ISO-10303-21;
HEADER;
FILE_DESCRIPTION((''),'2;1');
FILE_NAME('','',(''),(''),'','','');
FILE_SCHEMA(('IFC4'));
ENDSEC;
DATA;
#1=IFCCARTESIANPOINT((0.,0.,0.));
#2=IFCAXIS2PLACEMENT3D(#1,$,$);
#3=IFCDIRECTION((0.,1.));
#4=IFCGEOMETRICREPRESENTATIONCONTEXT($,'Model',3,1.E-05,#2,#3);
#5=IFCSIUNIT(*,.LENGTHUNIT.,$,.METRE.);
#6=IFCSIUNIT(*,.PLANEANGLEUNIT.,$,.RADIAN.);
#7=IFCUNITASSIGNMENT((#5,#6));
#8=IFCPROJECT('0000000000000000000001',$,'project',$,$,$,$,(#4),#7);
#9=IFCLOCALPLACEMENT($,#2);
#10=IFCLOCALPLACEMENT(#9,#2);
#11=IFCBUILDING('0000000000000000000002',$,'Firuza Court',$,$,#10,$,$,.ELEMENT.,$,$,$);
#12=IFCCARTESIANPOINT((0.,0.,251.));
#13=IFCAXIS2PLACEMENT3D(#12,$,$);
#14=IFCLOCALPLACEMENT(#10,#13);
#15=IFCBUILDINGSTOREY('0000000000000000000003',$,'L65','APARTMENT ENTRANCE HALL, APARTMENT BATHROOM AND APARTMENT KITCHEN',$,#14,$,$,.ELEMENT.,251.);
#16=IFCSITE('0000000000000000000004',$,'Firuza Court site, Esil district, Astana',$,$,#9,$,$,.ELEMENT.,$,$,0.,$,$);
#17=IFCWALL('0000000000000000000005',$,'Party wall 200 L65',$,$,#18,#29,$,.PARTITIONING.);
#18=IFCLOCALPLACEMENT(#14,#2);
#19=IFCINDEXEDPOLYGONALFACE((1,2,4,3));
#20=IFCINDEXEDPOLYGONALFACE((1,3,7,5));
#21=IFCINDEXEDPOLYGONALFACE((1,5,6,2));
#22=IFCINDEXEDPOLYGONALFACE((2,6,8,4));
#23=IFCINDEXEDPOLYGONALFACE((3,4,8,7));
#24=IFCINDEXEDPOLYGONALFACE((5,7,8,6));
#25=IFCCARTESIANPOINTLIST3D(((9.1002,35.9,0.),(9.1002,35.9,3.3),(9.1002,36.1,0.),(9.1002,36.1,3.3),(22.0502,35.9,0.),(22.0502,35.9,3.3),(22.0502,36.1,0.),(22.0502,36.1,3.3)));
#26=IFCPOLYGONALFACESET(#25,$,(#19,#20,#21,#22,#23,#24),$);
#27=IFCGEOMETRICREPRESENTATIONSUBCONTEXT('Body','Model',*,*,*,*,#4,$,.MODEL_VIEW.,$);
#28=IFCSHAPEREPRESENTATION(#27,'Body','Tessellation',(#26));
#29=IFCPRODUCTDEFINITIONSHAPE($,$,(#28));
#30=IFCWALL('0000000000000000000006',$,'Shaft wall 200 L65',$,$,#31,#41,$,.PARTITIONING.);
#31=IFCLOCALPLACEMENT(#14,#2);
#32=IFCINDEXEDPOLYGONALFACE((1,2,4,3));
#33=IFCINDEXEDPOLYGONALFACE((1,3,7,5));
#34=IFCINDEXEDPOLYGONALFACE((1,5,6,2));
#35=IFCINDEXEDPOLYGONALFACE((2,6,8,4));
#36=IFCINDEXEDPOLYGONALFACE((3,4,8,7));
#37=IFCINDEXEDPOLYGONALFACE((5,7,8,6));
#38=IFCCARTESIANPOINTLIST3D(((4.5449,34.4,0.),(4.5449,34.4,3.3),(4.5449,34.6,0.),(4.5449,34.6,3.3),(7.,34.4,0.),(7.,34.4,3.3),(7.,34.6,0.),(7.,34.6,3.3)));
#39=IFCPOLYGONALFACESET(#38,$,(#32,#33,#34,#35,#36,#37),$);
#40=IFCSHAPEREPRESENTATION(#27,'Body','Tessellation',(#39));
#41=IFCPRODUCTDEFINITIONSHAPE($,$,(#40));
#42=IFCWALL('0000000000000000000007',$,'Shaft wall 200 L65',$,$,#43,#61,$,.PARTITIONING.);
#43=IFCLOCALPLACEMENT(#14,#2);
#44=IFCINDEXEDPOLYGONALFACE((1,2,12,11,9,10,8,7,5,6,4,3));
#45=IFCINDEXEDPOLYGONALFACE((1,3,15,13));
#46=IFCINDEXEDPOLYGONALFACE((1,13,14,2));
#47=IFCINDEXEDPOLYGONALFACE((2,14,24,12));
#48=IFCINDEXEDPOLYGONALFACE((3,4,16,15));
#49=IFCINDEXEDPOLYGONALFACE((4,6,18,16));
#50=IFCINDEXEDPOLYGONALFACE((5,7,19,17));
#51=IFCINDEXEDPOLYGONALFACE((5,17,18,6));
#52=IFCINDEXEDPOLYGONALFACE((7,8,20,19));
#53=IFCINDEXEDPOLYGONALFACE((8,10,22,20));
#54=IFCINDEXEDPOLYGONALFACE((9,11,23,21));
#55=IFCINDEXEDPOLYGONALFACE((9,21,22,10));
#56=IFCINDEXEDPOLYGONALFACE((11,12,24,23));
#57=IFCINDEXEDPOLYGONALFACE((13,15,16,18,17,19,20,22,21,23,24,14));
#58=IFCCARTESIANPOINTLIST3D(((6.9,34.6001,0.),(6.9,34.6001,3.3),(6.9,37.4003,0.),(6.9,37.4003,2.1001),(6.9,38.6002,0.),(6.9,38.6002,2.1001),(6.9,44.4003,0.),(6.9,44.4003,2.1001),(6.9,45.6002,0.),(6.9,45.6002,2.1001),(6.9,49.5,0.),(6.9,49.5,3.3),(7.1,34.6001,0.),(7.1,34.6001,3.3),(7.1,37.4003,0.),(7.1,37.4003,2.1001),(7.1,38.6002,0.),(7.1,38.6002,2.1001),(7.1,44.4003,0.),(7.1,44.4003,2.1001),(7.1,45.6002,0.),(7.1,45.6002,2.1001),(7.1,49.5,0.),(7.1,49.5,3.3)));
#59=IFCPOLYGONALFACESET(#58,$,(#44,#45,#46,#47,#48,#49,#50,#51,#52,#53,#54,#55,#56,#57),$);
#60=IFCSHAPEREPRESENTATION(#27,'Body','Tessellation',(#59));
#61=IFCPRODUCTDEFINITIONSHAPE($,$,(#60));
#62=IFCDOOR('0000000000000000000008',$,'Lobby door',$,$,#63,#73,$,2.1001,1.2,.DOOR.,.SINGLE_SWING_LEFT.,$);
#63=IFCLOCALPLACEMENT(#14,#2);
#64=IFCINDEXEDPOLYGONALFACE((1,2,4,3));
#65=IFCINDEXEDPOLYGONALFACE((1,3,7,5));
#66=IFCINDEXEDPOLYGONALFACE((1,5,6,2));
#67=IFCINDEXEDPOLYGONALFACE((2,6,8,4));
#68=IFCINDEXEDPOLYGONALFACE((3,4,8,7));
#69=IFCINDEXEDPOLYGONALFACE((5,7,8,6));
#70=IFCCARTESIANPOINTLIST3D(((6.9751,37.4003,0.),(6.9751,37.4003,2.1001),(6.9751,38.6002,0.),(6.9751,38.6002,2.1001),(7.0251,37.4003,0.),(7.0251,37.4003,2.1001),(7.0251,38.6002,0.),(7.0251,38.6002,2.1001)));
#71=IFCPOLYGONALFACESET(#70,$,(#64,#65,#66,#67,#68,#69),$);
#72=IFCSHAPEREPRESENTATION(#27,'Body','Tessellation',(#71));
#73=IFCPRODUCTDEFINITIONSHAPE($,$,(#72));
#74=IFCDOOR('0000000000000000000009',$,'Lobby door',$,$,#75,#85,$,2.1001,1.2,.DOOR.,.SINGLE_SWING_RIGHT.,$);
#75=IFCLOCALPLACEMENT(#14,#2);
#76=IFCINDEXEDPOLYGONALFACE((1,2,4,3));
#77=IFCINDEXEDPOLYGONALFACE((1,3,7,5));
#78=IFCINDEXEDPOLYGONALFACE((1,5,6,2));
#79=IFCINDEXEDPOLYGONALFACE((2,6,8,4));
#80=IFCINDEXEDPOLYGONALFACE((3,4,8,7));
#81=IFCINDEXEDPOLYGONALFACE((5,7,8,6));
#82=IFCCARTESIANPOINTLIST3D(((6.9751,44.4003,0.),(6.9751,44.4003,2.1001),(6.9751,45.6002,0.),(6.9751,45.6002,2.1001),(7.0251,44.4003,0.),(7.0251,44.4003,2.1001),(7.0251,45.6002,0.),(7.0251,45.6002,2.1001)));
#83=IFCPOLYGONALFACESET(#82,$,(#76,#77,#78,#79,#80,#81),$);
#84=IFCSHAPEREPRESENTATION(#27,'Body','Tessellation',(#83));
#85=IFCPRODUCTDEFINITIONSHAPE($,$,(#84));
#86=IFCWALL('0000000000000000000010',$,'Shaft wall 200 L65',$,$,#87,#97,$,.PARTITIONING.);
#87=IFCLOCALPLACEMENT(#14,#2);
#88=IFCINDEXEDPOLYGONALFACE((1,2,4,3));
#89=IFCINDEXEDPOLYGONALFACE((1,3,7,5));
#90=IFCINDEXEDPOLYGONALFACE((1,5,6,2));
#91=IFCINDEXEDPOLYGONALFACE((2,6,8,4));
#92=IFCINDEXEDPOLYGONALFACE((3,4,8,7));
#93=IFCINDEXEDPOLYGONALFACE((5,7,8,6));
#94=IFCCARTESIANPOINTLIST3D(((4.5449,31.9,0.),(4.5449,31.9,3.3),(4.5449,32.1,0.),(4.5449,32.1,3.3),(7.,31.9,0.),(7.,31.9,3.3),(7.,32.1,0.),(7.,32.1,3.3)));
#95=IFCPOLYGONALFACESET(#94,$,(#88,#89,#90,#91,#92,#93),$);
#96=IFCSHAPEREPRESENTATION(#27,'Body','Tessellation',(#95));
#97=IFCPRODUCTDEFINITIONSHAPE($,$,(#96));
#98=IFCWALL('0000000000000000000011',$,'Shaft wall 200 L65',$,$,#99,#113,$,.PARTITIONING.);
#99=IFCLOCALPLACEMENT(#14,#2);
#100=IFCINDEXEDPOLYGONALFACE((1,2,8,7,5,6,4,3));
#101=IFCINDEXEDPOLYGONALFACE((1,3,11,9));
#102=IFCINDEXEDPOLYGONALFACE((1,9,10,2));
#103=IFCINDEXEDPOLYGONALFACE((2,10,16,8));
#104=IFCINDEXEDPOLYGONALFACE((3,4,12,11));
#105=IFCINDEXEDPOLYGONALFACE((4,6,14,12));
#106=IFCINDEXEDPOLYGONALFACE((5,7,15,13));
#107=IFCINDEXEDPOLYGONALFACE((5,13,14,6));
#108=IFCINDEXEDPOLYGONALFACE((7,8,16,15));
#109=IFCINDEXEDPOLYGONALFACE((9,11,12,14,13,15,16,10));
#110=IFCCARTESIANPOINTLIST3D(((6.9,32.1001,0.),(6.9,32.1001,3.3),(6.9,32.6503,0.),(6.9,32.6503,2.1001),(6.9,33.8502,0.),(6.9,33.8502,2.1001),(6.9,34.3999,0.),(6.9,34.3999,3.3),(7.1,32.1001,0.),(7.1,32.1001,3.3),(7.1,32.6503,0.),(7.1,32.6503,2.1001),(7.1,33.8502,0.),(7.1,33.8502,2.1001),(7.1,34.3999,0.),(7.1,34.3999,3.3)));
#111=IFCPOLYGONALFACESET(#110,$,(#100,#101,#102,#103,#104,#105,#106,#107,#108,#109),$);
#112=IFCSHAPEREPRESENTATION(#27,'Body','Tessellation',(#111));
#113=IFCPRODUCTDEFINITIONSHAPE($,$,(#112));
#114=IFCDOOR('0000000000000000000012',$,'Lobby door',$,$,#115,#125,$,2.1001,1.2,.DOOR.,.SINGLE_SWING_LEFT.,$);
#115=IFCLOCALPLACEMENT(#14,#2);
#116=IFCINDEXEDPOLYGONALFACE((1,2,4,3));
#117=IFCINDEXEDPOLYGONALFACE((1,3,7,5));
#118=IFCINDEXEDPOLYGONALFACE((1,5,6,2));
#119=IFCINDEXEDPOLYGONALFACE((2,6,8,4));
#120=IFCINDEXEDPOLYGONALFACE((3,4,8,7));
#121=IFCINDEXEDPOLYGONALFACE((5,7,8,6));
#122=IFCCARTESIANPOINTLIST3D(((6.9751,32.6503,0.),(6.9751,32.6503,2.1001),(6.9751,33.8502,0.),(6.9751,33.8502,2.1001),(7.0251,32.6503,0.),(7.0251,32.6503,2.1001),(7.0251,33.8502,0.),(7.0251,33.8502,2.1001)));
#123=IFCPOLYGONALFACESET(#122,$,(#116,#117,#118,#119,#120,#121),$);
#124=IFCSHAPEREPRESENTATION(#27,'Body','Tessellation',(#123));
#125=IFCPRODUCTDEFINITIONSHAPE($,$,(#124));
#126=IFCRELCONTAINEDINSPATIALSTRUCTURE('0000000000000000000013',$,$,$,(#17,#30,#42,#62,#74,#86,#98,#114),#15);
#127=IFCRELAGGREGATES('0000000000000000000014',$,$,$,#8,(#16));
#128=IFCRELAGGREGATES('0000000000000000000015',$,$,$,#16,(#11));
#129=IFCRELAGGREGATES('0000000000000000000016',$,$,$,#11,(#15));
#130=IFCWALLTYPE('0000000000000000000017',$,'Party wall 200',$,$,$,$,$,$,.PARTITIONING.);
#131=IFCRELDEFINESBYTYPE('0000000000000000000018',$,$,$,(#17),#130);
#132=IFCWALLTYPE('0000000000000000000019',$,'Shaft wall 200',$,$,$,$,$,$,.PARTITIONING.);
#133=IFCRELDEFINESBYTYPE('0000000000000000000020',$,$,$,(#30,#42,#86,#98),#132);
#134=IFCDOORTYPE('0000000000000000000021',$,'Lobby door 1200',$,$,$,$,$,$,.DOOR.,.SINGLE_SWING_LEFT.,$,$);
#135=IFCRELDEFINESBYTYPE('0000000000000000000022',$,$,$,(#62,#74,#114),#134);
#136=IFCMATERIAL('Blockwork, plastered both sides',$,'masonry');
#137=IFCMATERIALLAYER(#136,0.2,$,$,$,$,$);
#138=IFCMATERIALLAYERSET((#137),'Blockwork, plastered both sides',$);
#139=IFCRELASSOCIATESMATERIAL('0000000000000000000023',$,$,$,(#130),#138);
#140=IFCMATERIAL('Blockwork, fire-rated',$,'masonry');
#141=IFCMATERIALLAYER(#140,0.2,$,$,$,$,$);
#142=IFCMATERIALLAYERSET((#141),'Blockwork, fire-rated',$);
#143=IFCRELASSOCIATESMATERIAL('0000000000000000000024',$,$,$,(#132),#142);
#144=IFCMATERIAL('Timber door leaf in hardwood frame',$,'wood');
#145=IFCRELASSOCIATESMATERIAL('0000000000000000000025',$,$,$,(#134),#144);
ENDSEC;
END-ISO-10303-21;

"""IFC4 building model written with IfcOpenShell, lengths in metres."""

from ifc_helpers import new_model, si_unit, direction, frame, frame_2d, origin, place, context, subcontext, project, spatial, rectangle, extrude, material, layer, layer_set, type_object, element, fill, save


model = new_model("IFC4")

# Units and contexts
model_context = context("Model", 3, precision=1e-05, world=origin(), true_north=direction((0.0, 1.0)))
body_context = subcontext(model_context, "Body", "Model", "MODEL_VIEW")
ifc_project = project(units=[si_unit("LENGTHUNIT", "METRE"), si_unit("PLANEANGLEUNIT", "RADIAN")], contexts=[model_context])

# Site, building, storey
site_placement = place(None, origin())
site = spatial("IfcSite", under=ifc_project, at=site_placement, Name="Firuza Court site, Esil district, Astana", CompositionType="ELEMENT", RefElevation=0.0)
building_placement = place(site_placement, origin())
building = spatial("IfcBuilding", under=site, at=building_placement, Name="Firuza Court", CompositionType="ELEMENT")
storey_placement = place(building_placement, frame((0.0, 0.0, 251.0)))
storey = spatial("IfcBuildingStorey", under=building, at=storey_placement, Name="L65", Description="APARTMENT ENTRANCE HALL, APARTMENT BATHROOM AND APARTMENT KITCHEN", CompositionType="ELEMENT", Elevation=251.0)

# Shared definitions
ifc_material_1 = material(Name="Blockwork, plastered both sides", Category="masonry")

# Walls
ifc_layer_1 = layer(ifc_material_1, 0.2)
ifc_layer_set_1 = layer_set([ifc_layer_1], Name="Blockwork, plastered both sides")
wall_type_1 = type_object("IfcWallType", Name="Party wall 200", PredefinedType="PARTITIONING", material=ifc_layer_set_1)
wall_1_placement = place(storey_placement, frame((9.1001, 36.0, 0.0), z_axis=(0.0, 0.0, 1.0), x_axis=(1.0, 0.0, 0.0)))
element("IfcWall", 1, at=wall_1_placement, inside=storey, type_object=wall_type_1, Name="Party wall 200 L65", PredefinedType="PARTITIONING", context=body_context, shape_type="SweptSolid", body=[
    extrude(rectangle(XDim=12.95, YDim=0.2, at=frame_2d((6.4751, 0.0))), origin(), (0.0, 0.0, 1.0), 3.3),
])
ifc_material_2 = material(Name="Blockwork, fire-rated", Category="masonry")
ifc_layer_2 = layer(ifc_material_2, 0.2)
ifc_layer_set_2 = layer_set([ifc_layer_2], Name="Blockwork, fire-rated")
wall_type_2 = type_object("IfcWallType", Name="Shaft wall 200", PredefinedType="PARTITIONING", material=ifc_layer_set_2)
wall_2_placement = place(storey_placement, frame((4.5449, 34.5, 0.0), z_axis=(0.0, 0.0, 1.0), x_axis=(1.0, 0.0, 0.0)))
element("IfcWall", 2, at=wall_2_placement, inside=storey, type_object=wall_type_2, Name="Shaft wall 200 L65", PredefinedType="PARTITIONING", context=body_context, shape_type="SweptSolid", body=[
    extrude(rectangle(XDim=2.4551, YDim=0.2, at=frame_2d((1.2275, 0.0))), origin(), (0.0, 0.0, 1.0), 3.3),
])

# Wall, openings, doors
wall_3_placement = place(storey_placement, frame((7.0, 34.6001, 0.0), z_axis=(0.0, 0.0, 1.0), x_axis=(0.0, 1.0, 0.0)))
wall_3 = element("IfcWall", 3, at=wall_3_placement, inside=storey, type_object=wall_type_2, Name="Shaft wall 200 L65", PredefinedType="PARTITIONING", context=body_context, shape_type="SweptSolid", body=[
    extrude(rectangle(XDim=14.8999, YDim=0.2, at=frame_2d((7.45, 0.0))), origin(), (0.0, 0.0, 1.0), 3.3),
])
opening_1_placement = place(wall_3_placement, frame((2.8, 0.0, 0.0)))
opening_1 = element("IfcOpeningElement", 4, at=opening_1_placement, cuts=wall_3, PredefinedType="OPENING", context=body_context, shape_type="SweptSolid", body=[
    extrude(rectangle(XDim=1.2, YDim=2.1001, at=frame_2d((0.6001, 1.05))), frame((0.0, 0.1118, 0.0), z_axis=(0.0, -1.0, 0.0), x_axis=(1.0, 0.0, 0.0)), (0.0, 0.0, 1.0), 0.2239),
])
opening_2_placement = place(wall_3_placement, frame((9.8, 0.0, 0.0)))
opening_2 = element("IfcOpeningElement", 5, at=opening_2_placement, cuts=wall_3, PredefinedType="OPENING", context=body_context, shape_type="SweptSolid", body=[
    extrude(rectangle(XDim=1.2, YDim=2.1001, at=frame_2d((0.6001, 1.05))), frame((0.0, 0.1118, 0.0), z_axis=(0.0, -1.0, 0.0), x_axis=(1.0, 0.0, 0.0)), (0.0, 0.0, 1.0), 0.2239),
])
ifc_material_3 = material(Name="Timber door leaf in hardwood frame", Category="wood")
door_type_1 = type_object("IfcDoorType", Name="Lobby door 1200", OperationType="SINGLE_SWING_LEFT", PredefinedType="DOOR", material=ifc_material_3)
door_1_placement = place(opening_1_placement, origin())
door_1 = element("IfcDoor", 6, at=door_1_placement, inside=storey, type_object=door_type_1, Name="Lobby door", OperationType="SINGLE_SWING_LEFT", OverallHeight=2.1001, OverallWidth=1.2, PredefinedType="DOOR", context=body_context, shape_type="SweptSolid", body=[
    extrude(rectangle(XDim=1.2, YDim=2.1001, at=frame_2d((0.6001, 1.05))), frame((0.0, 0.0249, 0.0), z_axis=(0.0, -1.0, 0.0), x_axis=(1.0, 0.0, 0.0)), (0.0, 0.0, 1.0), 0.05),
])
fill(opening_1, door_1)
door_2_placement = place(opening_2_placement, origin())
door_2 = element("IfcDoor", 7, at=door_2_placement, inside=storey, type_object=door_type_1, Name="Lobby door", OperationType="SINGLE_SWING_RIGHT", OverallHeight=2.1001, OverallWidth=1.2, PredefinedType="DOOR", context=body_context, shape_type="SweptSolid", body=[
    extrude(rectangle(XDim=1.2, YDim=2.1001, at=frame_2d((0.6001, 1.05))), frame((0.0, 0.0249, 0.0), z_axis=(0.0, -1.0, 0.0), x_axis=(1.0, 0.0, 0.0)), (0.0, 0.0, 1.0), 0.05),
])
fill(opening_2, door_2)

# Wall
wall_4_placement = place(storey_placement, frame((4.5449, 32.0, 0.0), z_axis=(0.0, 0.0, 1.0), x_axis=(1.0, 0.0, 0.0)))
element("IfcWall", 8, at=wall_4_placement, inside=storey, type_object=wall_type_2, Name="Shaft wall 200 L65", PredefinedType="PARTITIONING", context=body_context, shape_type="SweptSolid", body=[
    extrude(rectangle(XDim=2.4551, YDim=0.2, at=frame_2d((1.2275, 0.0))), origin(), (0.0, 0.0, 1.0), 3.3),
])

# Wall, opening, door
wall_5_placement = place(storey_placement, frame((7.0, 32.1001, 0.0), z_axis=(0.0, 0.0, 1.0), x_axis=(0.0, 1.0, 0.0)))
wall_5 = element("IfcWall", 9, at=wall_5_placement, inside=storey, type_object=wall_type_2, Name="Shaft wall 200 L65", PredefinedType="PARTITIONING", context=body_context, shape_type="SweptSolid", body=[
    extrude(rectangle(XDim=2.2998, YDim=0.2, at=frame_2d((1.1499, 0.0))), origin(), (0.0, 0.0, 1.0), 3.3),
])
opening_3_placement = place(wall_5_placement, frame((0.55, 0.0, 0.0)))
opening_3 = element("IfcOpeningElement", 10, at=opening_3_placement, cuts=wall_5, PredefinedType="OPENING", context=body_context, shape_type="SweptSolid", body=[
    extrude(rectangle(XDim=1.2, YDim=2.1001, at=frame_2d((0.6001, 1.05))), frame((0.0, 0.1118, 0.0), z_axis=(0.0, -1.0, 0.0), x_axis=(1.0, 0.0, 0.0)), (0.0, 0.0, 1.0), 0.2239),
])
door_3_placement = place(opening_3_placement, origin())
door_3 = element("IfcDoor", 11, at=door_3_placement, inside=storey, type_object=door_type_1, Name="Lobby door", OperationType="SINGLE_SWING_LEFT", OverallHeight=2.1001, OverallWidth=1.2, PredefinedType="DOOR", context=body_context, shape_type="SweptSolid", body=[
    extrude(rectangle(XDim=1.2, YDim=2.1001, at=frame_2d((0.6001, 1.05))), frame((0.0, 0.0249, 0.0), z_axis=(0.0, -1.0, 0.0), x_axis=(1.0, 0.0, 0.0)), (0.0, 0.0, 1.0), 0.05),
])
fill(opening_3, door_3)

save(model, "model.ifc")
